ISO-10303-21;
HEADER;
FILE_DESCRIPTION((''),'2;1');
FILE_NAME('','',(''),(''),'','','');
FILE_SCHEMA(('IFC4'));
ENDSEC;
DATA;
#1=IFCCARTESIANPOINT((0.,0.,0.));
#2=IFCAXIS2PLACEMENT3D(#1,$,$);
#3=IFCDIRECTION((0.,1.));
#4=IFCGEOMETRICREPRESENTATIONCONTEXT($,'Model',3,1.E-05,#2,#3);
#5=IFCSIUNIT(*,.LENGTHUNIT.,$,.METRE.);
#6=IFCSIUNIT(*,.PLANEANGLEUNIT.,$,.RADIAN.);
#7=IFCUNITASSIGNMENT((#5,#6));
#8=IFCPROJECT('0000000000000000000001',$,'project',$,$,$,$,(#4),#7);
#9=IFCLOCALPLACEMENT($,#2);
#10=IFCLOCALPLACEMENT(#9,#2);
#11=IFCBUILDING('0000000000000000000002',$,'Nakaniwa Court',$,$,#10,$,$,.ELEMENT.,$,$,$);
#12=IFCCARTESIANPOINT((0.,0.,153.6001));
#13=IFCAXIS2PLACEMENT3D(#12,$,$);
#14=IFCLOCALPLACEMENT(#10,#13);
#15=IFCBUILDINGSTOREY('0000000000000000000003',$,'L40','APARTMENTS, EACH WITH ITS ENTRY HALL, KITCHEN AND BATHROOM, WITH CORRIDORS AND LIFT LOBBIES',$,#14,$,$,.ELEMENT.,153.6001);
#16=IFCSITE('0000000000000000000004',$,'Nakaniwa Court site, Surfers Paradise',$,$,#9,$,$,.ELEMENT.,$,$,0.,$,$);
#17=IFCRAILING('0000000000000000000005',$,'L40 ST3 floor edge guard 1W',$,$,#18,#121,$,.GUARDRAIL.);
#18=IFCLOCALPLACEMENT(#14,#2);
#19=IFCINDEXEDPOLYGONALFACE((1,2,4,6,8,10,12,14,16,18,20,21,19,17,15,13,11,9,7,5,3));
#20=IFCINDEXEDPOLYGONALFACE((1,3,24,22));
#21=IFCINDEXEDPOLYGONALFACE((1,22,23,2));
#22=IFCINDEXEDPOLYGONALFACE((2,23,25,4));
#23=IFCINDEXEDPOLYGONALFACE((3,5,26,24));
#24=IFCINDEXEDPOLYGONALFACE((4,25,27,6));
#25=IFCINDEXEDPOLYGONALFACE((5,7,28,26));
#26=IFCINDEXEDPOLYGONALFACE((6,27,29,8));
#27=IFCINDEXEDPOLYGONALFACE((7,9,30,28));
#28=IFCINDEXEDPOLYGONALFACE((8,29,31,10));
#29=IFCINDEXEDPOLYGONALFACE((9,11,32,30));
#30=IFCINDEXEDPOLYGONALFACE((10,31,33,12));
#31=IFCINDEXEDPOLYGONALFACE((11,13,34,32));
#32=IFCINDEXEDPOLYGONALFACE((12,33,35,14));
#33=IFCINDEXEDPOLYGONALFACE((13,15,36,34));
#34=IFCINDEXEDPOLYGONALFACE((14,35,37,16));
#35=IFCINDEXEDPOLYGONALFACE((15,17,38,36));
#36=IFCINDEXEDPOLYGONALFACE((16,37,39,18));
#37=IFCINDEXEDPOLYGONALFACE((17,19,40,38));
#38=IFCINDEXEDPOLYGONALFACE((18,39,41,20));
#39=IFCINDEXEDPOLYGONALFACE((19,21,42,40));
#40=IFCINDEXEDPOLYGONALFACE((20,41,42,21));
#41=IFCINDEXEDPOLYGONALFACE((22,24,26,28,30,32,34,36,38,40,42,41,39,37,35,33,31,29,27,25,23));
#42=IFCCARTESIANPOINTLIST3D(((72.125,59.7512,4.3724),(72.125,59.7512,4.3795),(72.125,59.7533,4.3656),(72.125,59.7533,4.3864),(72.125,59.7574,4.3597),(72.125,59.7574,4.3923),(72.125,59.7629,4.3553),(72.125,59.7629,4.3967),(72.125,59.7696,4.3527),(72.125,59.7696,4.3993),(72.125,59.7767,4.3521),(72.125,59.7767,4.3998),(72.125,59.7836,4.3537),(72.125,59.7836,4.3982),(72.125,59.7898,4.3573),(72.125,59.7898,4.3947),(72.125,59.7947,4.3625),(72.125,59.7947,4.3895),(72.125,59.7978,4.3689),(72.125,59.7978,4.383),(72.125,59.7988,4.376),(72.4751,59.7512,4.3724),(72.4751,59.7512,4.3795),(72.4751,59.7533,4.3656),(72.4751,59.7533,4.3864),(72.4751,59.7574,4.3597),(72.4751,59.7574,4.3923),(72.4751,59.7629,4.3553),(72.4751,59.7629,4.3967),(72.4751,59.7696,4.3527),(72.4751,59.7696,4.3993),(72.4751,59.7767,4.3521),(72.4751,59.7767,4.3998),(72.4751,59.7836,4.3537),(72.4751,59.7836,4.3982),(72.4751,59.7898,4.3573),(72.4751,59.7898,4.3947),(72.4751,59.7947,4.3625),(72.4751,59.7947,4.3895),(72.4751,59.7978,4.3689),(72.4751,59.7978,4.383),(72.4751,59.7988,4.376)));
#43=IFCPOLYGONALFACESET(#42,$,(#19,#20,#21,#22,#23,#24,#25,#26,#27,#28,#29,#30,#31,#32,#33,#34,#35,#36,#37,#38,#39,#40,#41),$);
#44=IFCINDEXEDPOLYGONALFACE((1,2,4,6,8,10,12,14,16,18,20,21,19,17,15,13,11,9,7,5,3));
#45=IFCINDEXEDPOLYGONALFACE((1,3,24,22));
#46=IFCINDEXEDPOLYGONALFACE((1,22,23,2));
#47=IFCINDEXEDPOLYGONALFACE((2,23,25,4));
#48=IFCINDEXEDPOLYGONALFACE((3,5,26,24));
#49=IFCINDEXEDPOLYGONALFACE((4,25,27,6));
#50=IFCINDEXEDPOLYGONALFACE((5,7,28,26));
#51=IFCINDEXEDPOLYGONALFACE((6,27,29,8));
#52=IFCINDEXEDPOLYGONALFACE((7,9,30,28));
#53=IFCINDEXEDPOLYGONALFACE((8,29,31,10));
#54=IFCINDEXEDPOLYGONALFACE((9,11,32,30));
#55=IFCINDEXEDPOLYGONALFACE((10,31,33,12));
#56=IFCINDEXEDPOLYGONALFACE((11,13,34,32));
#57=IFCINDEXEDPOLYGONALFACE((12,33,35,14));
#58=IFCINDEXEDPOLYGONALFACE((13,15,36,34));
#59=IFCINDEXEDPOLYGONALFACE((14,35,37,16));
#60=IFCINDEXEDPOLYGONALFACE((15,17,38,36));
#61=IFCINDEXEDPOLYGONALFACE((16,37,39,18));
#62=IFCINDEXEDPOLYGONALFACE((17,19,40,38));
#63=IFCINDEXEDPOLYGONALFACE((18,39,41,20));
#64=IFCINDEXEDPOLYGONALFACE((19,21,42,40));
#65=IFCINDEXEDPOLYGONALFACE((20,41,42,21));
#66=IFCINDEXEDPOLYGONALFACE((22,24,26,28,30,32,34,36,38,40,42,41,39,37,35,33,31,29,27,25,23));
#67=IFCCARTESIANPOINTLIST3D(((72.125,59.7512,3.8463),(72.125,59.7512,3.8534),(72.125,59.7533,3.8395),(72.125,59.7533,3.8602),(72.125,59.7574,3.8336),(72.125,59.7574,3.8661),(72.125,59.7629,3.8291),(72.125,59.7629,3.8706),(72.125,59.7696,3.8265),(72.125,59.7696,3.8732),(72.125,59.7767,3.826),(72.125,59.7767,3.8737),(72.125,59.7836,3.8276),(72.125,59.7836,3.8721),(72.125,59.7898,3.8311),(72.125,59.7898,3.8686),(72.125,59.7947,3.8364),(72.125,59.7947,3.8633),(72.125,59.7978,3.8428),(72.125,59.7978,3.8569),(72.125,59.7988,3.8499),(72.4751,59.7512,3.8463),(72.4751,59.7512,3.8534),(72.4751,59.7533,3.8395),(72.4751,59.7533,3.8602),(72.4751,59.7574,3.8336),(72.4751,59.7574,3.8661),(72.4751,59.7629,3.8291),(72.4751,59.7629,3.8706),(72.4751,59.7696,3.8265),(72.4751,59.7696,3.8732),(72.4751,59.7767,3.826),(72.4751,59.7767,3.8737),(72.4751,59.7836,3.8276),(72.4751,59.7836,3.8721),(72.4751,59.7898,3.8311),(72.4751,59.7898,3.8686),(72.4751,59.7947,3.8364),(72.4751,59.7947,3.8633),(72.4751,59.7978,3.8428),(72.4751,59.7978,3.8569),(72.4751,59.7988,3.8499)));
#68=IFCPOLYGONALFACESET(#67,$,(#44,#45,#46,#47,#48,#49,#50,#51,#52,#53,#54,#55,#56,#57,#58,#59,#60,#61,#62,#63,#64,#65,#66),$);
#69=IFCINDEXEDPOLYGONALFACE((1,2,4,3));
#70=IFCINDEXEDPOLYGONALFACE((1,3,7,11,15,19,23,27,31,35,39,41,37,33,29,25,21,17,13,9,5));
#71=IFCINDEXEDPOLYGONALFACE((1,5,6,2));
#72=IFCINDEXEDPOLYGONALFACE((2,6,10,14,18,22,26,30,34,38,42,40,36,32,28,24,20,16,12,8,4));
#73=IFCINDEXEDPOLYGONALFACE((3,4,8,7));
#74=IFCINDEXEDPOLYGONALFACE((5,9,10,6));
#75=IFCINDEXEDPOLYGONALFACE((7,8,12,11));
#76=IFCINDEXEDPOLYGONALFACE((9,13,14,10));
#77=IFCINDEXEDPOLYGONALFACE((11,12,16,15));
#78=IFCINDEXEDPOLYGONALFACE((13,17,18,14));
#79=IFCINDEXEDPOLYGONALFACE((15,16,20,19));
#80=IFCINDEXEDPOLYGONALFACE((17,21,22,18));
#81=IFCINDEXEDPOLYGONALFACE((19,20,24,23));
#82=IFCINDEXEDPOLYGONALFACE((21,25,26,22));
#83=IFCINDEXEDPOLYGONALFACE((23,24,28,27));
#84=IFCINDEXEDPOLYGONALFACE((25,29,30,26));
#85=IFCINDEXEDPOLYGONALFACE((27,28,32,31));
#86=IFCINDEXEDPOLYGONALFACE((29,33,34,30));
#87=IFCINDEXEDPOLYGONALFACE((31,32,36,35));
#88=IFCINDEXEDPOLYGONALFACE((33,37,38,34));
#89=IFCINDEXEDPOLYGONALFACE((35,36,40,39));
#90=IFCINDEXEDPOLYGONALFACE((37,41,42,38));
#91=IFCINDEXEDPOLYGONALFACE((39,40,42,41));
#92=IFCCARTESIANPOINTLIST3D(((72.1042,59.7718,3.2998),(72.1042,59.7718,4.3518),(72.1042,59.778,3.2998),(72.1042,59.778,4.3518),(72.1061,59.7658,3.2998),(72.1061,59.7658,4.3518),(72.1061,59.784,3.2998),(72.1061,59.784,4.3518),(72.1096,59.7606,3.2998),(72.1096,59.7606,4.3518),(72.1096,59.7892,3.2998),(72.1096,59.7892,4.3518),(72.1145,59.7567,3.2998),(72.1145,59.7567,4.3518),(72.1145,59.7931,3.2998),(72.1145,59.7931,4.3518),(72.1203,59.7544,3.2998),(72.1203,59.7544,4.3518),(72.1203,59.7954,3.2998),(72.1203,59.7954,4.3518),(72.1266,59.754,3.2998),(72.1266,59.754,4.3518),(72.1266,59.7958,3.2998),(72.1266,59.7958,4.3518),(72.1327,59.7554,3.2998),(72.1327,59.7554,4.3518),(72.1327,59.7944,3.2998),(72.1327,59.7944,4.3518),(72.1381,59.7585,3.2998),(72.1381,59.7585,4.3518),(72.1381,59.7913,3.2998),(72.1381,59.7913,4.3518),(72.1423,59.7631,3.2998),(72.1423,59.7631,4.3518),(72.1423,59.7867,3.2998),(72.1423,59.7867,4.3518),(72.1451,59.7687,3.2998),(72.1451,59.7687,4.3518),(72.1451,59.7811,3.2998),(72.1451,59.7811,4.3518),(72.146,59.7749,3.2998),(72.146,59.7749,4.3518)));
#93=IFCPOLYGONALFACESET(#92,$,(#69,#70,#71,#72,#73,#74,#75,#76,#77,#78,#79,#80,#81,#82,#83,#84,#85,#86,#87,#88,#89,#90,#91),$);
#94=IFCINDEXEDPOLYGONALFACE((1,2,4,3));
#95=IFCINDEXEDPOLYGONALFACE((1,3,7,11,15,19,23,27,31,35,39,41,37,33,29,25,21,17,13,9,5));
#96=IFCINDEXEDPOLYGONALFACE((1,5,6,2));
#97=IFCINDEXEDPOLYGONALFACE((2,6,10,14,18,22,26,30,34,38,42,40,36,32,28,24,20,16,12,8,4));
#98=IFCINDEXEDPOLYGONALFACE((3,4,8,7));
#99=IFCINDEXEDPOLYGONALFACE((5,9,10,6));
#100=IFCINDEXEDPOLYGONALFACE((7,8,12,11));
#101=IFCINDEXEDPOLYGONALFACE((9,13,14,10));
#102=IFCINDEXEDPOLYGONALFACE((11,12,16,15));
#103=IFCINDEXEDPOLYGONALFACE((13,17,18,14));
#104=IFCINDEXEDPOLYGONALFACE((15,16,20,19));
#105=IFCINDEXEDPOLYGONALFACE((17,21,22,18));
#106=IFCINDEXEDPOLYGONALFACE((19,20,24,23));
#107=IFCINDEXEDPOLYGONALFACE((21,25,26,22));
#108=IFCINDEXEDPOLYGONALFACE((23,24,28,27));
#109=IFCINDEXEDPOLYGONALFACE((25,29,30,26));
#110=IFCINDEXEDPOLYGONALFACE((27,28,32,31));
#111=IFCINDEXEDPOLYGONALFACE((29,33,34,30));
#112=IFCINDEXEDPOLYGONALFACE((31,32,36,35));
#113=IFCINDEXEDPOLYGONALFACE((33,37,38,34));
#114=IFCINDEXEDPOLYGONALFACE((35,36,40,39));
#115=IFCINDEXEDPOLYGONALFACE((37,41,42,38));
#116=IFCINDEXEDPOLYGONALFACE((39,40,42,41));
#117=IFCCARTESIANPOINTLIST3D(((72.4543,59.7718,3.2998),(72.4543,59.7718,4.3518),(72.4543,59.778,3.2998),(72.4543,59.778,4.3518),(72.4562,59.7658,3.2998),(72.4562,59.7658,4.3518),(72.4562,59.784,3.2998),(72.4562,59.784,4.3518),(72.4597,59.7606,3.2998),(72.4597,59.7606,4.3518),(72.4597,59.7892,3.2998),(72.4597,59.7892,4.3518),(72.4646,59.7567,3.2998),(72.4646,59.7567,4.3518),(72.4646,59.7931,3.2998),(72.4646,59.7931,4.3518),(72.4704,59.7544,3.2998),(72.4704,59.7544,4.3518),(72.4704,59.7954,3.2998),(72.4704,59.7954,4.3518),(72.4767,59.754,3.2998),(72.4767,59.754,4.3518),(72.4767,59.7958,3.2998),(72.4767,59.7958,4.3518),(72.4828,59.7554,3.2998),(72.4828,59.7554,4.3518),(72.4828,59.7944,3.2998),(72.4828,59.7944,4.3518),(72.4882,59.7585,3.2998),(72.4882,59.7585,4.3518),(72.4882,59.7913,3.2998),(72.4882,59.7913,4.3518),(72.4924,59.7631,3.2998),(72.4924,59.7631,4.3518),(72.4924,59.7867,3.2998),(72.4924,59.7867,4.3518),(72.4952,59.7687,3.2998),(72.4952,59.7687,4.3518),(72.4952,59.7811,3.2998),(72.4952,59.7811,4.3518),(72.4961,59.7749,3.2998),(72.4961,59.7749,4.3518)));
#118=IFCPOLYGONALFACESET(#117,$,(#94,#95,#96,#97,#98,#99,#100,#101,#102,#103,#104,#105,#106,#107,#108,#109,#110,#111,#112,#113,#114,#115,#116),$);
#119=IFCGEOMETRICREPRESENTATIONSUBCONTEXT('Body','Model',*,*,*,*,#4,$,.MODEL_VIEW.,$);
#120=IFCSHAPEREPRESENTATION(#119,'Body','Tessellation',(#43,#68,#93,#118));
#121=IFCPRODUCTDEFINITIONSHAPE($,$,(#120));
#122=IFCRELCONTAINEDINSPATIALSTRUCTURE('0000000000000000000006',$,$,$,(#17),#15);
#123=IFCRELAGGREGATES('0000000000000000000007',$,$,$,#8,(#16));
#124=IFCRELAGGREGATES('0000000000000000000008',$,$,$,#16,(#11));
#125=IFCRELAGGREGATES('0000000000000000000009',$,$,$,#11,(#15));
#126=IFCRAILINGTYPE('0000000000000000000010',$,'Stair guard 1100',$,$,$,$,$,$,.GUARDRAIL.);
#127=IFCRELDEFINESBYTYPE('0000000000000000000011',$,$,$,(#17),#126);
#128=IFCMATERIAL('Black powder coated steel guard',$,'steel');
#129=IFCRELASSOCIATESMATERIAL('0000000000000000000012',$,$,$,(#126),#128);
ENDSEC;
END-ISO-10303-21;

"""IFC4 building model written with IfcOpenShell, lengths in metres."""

from ifc_helpers import new_model, si_unit, direction, frame, origin, origin_2d, place, context, subcontext, project, spatial, circle, extrude, material, type_object, element, save


model = new_model("IFC4")

# Units and contexts
model_context = context("Model", 3, precision=1e-05, world=origin(), true_north=direction((0.0, 1.0)))
body_context = subcontext(model_context, "Body", "Model", "MODEL_VIEW")
ifc_project = project(units=[si_unit("LENGTHUNIT", "METRE"), si_unit("PLANEANGLEUNIT", "RADIAN")], contexts=[model_context])

# Site, building, storey
site_placement = place(None, origin())
site = spatial("IfcSite", under=ifc_project, at=site_placement, Name="Nakaniwa Court site, Surfers Paradise", CompositionType="ELEMENT", RefElevation=0.0)
building_placement = place(site_placement, origin())
building = spatial("IfcBuilding", under=site, at=building_placement, Name="Nakaniwa Court", CompositionType="ELEMENT")
storey_placement = place(building_placement, frame((0.0, 0.0, 153.6001)))
storey = spatial("IfcBuildingStorey", under=building, at=storey_placement, Name="L40", Description="APARTMENTS, EACH WITH ITS ENTRY HALL, KITCHEN AND BATHROOM, WITH CORRIDORS AND LIFT LOBBIES", CompositionType="ELEMENT", Elevation=153.6001)

# Railing
ifc_material_1 = material(Name="Black powder coated steel guard", Category="steel")
railing_type_1 = type_object("IfcRailingType", Name="Stair guard 1100", PredefinedType="GUARDRAIL", material=ifc_material_1)
for number, where, name in (
    (1, (72.125, 59.7749, 3.2998), "L40 ST3 floor edge guard 1W"),
):
    element("IfcRailing", number, at=place(storey_placement, frame(where)), inside=storey, type_object=railing_type_1, Name=name, PredefinedType="GUARDRAIL", context=body_context, shape_type="SweptSolid", body=[
        extrude(circle(Radius=0.0239, at=origin_2d()), frame((0.0, 0.0, 1.0762), z_axis=(1.0, 0.0, 0.0), x_axis=(0.0, 1.0, 0.0)), (0.0, 0.0, 1.0), 0.3501),
        extrude(circle(Radius=0.0239, at=origin_2d()), frame((0.0, 0.0, 0.55), z_axis=(1.0, 0.0, 0.0), x_axis=(0.0, 1.0, 0.0)), (0.0, 0.0, 1.0), 0.3501),
        extrude(circle(Radius=0.021, at=origin_2d()), origin(), (0.0, 0.0, 1.0), 1.052),
        extrude(circle(Radius=0.021, at=origin_2d()), frame((0.3501, 0.0, 0.0)), (0.0, 0.0, 1.0), 1.052),
    ])

save(model, "model.ifc")
